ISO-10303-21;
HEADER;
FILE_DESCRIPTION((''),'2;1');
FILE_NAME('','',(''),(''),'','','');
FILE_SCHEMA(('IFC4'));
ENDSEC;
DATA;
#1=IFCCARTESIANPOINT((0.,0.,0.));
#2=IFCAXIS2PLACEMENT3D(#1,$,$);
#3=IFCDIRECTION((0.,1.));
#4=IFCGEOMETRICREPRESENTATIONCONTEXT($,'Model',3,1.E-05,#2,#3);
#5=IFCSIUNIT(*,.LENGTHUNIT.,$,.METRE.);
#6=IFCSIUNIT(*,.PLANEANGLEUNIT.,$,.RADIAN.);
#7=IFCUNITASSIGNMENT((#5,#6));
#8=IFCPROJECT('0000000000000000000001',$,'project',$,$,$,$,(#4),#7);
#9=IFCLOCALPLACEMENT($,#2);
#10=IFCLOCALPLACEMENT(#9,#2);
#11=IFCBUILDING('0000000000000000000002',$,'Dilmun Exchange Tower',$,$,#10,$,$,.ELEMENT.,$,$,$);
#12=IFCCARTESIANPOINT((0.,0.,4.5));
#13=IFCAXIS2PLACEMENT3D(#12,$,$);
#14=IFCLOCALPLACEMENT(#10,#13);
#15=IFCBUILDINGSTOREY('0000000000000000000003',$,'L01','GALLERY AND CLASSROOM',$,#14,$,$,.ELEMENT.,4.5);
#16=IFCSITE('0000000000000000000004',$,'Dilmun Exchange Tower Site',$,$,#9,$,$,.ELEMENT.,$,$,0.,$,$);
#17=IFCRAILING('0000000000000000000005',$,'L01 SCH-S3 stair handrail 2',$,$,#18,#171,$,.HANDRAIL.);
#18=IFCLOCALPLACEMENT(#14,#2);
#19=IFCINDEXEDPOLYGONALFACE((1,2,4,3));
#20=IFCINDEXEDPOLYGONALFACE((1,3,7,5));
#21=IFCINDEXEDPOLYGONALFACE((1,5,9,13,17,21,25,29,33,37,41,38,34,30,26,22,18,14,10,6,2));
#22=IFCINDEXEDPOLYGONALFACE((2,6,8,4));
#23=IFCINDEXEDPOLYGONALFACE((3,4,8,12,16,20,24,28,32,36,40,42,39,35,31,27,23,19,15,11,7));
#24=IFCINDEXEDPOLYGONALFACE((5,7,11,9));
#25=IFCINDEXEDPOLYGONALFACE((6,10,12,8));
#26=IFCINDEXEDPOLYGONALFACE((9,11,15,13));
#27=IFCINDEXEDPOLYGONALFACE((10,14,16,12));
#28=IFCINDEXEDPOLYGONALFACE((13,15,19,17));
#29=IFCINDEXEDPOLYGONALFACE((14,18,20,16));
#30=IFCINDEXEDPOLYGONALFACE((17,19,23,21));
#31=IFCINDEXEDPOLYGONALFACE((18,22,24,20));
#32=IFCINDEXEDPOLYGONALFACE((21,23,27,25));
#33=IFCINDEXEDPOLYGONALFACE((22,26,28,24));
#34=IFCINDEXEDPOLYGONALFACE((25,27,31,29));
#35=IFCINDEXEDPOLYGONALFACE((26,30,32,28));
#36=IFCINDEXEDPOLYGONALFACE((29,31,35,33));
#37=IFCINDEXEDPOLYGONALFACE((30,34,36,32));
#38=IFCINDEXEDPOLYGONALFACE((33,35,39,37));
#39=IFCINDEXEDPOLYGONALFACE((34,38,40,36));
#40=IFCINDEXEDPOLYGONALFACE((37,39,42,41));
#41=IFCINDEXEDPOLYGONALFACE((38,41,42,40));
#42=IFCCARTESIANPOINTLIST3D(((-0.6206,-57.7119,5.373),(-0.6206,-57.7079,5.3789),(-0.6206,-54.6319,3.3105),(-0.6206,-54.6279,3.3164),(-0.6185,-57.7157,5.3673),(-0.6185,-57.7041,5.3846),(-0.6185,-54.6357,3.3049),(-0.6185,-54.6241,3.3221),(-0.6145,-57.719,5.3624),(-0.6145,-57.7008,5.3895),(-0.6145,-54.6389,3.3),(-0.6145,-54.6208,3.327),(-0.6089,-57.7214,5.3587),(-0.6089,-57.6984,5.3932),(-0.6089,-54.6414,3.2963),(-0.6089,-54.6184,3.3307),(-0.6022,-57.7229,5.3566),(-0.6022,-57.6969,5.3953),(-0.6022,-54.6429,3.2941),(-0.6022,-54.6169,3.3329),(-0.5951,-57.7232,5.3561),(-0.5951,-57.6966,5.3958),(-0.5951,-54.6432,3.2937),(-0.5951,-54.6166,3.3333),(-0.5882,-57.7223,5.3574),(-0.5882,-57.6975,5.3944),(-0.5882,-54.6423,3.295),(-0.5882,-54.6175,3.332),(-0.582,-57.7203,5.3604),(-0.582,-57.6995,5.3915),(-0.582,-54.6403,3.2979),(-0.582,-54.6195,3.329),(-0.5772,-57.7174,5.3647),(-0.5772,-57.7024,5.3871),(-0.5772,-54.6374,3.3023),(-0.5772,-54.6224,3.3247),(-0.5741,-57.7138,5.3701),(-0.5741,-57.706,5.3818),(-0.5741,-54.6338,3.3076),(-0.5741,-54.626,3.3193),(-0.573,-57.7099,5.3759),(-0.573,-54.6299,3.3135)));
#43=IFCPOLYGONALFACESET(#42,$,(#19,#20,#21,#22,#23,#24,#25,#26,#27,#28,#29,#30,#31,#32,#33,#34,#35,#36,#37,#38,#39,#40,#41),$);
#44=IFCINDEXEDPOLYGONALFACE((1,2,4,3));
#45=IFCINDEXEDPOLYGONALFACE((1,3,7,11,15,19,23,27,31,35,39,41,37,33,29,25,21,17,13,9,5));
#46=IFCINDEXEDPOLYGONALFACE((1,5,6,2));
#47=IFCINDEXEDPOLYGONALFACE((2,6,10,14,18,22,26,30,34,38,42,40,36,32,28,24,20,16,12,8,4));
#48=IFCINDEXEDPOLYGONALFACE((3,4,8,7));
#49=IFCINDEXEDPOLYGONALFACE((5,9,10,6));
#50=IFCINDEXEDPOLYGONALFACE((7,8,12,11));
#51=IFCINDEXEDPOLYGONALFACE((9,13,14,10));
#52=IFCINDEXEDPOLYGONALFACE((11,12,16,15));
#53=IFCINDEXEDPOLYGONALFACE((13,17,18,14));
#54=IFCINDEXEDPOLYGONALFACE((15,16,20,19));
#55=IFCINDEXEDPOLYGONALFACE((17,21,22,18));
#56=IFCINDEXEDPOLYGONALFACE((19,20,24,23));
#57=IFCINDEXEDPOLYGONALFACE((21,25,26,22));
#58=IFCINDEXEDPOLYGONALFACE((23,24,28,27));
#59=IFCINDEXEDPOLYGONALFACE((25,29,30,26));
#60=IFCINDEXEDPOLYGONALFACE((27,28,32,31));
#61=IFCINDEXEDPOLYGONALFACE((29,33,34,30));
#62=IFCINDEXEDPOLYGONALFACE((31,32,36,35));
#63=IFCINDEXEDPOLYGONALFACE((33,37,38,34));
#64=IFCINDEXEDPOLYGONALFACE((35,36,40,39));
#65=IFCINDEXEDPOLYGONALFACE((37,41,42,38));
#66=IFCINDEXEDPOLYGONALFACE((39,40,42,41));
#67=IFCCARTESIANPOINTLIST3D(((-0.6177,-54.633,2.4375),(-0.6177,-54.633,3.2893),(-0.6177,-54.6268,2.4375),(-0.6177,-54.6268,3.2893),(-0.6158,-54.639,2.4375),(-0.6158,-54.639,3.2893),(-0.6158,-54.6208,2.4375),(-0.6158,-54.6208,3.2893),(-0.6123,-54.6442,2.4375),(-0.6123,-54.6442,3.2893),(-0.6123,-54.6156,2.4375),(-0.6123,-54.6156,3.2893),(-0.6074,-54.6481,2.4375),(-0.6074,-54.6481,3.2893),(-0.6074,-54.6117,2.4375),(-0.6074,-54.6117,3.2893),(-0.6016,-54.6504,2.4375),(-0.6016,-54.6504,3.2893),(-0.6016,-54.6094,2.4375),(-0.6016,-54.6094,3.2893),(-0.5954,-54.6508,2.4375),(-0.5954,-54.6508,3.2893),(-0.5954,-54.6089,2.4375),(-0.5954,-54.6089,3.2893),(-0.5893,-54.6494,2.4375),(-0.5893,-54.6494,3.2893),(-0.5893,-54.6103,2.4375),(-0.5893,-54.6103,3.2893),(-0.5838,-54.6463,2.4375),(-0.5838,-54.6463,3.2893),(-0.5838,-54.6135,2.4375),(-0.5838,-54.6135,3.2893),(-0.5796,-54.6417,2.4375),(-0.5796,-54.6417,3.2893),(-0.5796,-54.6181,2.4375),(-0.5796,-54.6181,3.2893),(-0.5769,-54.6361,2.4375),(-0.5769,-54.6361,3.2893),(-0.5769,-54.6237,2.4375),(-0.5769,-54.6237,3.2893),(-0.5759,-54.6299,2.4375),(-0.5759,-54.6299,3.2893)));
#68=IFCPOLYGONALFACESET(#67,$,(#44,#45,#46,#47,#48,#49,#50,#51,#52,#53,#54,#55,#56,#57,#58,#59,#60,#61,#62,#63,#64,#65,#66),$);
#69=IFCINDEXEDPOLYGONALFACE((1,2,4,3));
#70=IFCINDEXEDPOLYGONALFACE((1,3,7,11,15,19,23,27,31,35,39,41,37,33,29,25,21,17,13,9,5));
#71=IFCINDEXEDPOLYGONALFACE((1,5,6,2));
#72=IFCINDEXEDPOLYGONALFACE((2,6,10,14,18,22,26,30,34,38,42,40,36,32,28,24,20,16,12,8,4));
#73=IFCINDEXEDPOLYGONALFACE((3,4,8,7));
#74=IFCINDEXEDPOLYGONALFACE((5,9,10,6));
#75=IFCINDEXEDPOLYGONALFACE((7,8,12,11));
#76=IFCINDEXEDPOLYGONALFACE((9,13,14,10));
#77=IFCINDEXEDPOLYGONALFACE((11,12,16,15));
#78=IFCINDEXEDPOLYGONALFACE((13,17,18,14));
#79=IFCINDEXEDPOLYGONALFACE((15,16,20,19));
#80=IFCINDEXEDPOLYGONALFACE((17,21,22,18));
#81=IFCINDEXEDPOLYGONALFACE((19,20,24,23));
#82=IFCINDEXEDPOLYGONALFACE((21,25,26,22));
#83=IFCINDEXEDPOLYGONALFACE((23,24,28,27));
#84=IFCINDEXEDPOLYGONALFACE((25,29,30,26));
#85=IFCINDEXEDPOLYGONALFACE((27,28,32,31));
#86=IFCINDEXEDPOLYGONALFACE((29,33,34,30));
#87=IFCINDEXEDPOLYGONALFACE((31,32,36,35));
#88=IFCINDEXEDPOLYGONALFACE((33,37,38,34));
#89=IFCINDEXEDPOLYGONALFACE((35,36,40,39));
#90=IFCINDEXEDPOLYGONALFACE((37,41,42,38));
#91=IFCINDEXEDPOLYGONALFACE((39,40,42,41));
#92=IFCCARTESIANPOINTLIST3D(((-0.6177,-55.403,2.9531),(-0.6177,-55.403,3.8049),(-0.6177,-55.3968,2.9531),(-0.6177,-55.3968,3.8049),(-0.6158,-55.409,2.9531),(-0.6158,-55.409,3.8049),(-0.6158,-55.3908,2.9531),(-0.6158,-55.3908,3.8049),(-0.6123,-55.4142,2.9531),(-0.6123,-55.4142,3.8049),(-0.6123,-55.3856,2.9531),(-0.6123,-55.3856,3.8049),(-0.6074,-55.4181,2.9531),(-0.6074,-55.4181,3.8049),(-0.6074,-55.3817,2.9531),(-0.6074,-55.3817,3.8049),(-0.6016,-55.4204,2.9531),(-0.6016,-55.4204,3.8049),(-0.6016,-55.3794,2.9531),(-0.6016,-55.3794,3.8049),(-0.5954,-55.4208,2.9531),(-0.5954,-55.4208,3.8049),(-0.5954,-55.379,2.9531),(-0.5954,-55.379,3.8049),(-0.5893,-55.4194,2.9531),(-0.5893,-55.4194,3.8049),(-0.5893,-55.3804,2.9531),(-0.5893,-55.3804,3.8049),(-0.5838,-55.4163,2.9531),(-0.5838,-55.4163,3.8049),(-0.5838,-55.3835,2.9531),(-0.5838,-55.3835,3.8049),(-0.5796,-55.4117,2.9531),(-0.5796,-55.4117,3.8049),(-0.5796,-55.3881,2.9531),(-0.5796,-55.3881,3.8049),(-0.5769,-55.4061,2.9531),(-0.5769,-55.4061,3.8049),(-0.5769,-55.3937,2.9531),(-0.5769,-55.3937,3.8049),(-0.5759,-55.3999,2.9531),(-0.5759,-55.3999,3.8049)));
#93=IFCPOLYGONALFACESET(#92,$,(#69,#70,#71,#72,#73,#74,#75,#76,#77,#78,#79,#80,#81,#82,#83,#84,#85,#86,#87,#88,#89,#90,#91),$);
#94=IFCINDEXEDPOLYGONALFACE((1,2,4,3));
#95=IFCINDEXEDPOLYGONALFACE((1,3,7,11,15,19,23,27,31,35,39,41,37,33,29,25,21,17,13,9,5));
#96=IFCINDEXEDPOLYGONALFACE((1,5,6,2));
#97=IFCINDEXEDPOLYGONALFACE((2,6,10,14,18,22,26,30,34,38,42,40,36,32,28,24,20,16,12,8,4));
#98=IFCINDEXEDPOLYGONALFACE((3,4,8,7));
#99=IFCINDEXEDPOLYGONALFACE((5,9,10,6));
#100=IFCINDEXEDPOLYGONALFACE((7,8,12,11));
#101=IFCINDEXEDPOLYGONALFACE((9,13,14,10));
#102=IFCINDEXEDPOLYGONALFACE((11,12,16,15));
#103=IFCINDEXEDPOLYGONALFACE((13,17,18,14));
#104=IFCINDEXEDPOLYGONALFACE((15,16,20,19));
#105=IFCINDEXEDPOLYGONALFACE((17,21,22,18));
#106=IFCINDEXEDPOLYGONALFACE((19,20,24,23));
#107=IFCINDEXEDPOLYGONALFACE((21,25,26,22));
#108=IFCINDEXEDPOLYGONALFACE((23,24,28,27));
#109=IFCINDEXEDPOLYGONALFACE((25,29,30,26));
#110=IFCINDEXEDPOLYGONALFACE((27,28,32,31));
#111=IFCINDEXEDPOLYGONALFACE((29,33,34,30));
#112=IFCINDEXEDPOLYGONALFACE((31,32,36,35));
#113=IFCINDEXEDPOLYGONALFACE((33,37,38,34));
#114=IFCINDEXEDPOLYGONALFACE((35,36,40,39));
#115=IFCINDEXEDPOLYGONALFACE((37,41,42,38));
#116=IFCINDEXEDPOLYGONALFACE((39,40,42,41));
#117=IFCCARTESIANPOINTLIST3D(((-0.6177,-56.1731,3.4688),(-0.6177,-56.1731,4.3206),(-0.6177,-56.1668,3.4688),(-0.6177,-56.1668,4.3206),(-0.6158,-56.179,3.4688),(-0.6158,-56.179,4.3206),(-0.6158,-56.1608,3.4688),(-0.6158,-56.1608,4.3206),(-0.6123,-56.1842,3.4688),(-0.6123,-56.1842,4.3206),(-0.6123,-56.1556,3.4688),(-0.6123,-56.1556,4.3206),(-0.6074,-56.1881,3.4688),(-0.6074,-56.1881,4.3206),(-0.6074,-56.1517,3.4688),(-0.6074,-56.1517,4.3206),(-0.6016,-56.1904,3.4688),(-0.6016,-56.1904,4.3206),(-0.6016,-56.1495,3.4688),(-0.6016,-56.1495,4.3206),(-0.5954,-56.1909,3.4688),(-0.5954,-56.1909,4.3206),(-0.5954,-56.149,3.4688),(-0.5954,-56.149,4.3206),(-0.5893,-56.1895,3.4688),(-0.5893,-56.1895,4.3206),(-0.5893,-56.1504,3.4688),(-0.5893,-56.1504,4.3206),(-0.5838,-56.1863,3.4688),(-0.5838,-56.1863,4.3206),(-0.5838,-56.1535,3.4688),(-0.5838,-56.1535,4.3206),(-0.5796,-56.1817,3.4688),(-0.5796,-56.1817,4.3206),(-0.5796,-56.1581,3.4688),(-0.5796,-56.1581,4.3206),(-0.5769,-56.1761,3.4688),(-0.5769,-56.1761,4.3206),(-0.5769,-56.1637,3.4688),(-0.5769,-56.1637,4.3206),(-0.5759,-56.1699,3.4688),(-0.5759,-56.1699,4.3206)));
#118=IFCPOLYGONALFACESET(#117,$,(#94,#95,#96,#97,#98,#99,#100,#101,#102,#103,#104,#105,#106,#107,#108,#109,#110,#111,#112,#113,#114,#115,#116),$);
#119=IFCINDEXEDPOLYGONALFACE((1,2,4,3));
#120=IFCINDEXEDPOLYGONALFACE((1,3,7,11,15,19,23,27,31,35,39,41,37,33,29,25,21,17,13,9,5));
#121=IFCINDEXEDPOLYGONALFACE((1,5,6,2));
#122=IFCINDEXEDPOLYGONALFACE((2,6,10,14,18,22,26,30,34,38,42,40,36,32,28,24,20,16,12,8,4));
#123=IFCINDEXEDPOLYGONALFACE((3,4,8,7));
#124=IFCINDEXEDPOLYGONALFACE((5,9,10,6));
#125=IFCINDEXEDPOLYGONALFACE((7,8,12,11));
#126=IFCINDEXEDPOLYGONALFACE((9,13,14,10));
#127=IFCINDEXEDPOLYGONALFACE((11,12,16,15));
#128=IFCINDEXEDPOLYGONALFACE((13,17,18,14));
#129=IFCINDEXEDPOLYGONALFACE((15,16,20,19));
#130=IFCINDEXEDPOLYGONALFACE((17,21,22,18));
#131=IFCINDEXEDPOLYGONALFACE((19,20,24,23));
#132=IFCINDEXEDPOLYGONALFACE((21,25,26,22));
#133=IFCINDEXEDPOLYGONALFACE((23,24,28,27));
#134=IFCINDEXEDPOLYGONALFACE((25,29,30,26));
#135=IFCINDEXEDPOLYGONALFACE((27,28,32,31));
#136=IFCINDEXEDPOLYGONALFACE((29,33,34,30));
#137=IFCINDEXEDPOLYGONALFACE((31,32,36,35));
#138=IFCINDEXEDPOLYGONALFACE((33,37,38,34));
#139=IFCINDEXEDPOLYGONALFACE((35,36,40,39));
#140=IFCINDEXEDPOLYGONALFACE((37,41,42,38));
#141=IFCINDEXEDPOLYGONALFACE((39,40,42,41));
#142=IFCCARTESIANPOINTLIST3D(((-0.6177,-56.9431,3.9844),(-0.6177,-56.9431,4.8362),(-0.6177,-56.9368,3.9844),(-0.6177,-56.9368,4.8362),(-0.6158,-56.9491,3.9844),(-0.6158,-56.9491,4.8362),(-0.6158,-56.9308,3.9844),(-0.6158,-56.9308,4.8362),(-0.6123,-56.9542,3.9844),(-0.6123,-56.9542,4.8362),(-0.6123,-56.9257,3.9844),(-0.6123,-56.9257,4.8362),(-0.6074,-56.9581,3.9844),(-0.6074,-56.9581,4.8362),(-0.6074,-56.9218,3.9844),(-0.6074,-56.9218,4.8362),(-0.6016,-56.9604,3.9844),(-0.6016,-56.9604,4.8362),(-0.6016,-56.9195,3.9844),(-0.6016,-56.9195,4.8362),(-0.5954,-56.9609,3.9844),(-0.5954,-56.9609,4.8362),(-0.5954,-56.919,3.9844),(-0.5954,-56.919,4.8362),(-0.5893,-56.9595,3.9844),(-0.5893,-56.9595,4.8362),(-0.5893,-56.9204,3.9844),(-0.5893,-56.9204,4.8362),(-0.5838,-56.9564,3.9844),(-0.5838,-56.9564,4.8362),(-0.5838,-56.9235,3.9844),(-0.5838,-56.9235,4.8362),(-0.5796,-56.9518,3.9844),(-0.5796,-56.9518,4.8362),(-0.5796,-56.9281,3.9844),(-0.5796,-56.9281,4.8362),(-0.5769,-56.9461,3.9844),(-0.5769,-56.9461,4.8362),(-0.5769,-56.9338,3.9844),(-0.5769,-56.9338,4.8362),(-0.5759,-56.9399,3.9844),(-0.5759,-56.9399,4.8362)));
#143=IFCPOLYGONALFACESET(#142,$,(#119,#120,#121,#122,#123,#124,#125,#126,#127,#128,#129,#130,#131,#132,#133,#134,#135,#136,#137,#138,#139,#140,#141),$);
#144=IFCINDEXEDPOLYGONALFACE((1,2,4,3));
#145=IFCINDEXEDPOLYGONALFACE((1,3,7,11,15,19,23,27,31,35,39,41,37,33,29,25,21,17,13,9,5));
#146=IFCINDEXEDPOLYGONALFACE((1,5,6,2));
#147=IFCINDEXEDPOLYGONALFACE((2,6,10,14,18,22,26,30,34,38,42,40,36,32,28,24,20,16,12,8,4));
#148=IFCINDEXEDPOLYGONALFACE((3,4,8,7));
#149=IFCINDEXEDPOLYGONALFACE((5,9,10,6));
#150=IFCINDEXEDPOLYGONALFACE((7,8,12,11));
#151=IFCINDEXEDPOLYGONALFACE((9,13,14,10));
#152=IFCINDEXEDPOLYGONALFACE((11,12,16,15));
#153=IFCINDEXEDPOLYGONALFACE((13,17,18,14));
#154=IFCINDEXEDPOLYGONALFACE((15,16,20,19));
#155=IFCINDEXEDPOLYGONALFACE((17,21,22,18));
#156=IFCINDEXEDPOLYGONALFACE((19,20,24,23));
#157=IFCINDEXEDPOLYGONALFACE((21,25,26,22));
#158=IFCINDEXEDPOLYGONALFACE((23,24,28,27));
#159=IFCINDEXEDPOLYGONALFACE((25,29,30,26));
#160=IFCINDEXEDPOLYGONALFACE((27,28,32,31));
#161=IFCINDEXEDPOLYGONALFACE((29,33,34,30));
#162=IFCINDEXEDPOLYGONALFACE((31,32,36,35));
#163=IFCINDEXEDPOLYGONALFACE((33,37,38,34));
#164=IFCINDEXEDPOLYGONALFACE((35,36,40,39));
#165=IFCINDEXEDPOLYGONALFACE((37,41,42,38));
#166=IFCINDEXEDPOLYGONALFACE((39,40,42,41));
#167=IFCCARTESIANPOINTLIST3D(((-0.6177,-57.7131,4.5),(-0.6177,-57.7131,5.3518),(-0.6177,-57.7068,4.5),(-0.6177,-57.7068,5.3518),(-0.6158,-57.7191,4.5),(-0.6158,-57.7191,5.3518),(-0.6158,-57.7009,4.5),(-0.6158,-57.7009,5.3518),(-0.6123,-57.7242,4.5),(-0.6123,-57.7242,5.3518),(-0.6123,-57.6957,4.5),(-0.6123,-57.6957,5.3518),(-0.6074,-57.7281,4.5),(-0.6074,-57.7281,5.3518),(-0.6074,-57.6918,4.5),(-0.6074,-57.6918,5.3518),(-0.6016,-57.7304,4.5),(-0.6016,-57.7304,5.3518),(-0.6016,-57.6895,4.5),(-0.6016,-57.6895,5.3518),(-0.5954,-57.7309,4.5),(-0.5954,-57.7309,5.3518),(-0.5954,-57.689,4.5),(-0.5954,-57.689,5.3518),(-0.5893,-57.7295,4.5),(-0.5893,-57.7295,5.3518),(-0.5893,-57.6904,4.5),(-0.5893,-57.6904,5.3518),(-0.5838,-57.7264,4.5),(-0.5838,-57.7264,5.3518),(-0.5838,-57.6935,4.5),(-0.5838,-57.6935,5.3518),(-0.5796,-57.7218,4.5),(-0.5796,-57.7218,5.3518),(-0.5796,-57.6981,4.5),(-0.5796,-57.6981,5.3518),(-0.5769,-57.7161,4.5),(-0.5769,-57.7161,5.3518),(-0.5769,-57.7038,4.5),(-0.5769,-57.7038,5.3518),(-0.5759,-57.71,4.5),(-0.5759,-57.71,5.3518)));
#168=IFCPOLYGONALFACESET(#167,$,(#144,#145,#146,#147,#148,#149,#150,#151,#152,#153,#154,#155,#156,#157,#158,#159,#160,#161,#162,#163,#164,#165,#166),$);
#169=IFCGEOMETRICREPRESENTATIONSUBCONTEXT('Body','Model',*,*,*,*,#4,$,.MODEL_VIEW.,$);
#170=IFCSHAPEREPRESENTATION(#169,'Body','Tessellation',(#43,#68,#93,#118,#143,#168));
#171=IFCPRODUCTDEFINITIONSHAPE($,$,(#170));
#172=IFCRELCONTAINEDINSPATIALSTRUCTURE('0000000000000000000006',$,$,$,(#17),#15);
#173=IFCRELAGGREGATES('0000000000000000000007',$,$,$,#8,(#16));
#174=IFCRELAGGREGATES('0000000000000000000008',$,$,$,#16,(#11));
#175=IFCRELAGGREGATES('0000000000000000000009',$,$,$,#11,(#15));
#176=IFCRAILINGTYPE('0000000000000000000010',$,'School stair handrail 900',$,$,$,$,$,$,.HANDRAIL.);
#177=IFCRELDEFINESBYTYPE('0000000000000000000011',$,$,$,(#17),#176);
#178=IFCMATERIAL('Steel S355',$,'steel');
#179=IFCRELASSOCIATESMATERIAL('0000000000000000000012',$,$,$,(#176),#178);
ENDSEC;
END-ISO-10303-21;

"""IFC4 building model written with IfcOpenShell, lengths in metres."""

from ifc_helpers import new_model, si_unit, direction, frame, origin, origin_2d, place, context, subcontext, project, spatial, circle, extrude, material, type_object, element, save


model = new_model("IFC4")

# Units and contexts
model_context = context("Model", 3, precision=1e-05, world=origin(), true_north=direction((0.0, 1.0)))
body_context = subcontext(model_context, "Body", "Model", "MODEL_VIEW")
ifc_project = project(units=[si_unit("LENGTHUNIT", "METRE"), si_unit("PLANEANGLEUNIT", "RADIAN")], contexts=[model_context])

# Site, building, storey
site_placement = place(None, origin())
site = spatial("IfcSite", under=ifc_project, at=site_placement, Name="Dilmun Exchange Tower Site", CompositionType="ELEMENT", RefElevation=0.0)
building_placement = place(site_placement, origin())
building = spatial("IfcBuilding", under=site, at=building_placement, Name="Dilmun Exchange Tower", CompositionType="ELEMENT")
storey_placement = place(building_placement, frame((0.0, 0.0, 4.5)))
storey = spatial("IfcBuildingStorey", under=building, at=storey_placement, Name="L01", Description="GALLERY AND CLASSROOM", CompositionType="ELEMENT", Elevation=4.5)

# Railing
ifc_material_1 = material(Name="Steel S355", Category="steel")
railing_type_1 = type_object("IfcRailingType", Name="School stair handrail 900", PredefinedType="HANDRAIL", material=ifc_material_1)
railing_1_placement = place(storey_placement, frame((-0.5969, -54.6299, 2.4375)))
element("IfcRailing", 1, at=railing_1_placement, inside=storey, type_object=railing_type_1, Name="L01 SCH-S3 stair handrail 2", PredefinedType="HANDRAIL", context=body_context, shape_type="SweptSolid", body=[
    extrude(circle(Radius=0.0239, at=origin_2d()), frame((0.0, 0.0, 0.876), z_axis=(0.0, -0.830914, 0.556401), x_axis=(1.0, 0.0, 0.0)), (0.0, 0.0, 1.0), 3.7068),
    extrude(circle(Radius=0.021, at=origin_2d()), origin(), (0.0, 0.0, 1.0), 0.8518),
    extrude(circle(Radius=0.021, at=origin_2d()), frame((0.0, -0.77, 0.5156)), (0.0, 0.0, 1.0), 0.8518),
    extrude(circle(Radius=0.021, at=origin_2d()), frame((0.0, -1.54, 1.0312)), (0.0, 0.0, 1.0), 0.8518),
    extrude(circle(Radius=0.021, at=origin_2d()), frame((0.0, -2.3101, 1.5469)), (0.0, 0.0, 1.0), 0.8518),
    extrude(circle(Radius=0.021, at=origin_2d()), frame((0.0, -3.0801, 2.0625)), (0.0, 0.0, 1.0), 0.8518),
])

save(model, "model.ifc")
